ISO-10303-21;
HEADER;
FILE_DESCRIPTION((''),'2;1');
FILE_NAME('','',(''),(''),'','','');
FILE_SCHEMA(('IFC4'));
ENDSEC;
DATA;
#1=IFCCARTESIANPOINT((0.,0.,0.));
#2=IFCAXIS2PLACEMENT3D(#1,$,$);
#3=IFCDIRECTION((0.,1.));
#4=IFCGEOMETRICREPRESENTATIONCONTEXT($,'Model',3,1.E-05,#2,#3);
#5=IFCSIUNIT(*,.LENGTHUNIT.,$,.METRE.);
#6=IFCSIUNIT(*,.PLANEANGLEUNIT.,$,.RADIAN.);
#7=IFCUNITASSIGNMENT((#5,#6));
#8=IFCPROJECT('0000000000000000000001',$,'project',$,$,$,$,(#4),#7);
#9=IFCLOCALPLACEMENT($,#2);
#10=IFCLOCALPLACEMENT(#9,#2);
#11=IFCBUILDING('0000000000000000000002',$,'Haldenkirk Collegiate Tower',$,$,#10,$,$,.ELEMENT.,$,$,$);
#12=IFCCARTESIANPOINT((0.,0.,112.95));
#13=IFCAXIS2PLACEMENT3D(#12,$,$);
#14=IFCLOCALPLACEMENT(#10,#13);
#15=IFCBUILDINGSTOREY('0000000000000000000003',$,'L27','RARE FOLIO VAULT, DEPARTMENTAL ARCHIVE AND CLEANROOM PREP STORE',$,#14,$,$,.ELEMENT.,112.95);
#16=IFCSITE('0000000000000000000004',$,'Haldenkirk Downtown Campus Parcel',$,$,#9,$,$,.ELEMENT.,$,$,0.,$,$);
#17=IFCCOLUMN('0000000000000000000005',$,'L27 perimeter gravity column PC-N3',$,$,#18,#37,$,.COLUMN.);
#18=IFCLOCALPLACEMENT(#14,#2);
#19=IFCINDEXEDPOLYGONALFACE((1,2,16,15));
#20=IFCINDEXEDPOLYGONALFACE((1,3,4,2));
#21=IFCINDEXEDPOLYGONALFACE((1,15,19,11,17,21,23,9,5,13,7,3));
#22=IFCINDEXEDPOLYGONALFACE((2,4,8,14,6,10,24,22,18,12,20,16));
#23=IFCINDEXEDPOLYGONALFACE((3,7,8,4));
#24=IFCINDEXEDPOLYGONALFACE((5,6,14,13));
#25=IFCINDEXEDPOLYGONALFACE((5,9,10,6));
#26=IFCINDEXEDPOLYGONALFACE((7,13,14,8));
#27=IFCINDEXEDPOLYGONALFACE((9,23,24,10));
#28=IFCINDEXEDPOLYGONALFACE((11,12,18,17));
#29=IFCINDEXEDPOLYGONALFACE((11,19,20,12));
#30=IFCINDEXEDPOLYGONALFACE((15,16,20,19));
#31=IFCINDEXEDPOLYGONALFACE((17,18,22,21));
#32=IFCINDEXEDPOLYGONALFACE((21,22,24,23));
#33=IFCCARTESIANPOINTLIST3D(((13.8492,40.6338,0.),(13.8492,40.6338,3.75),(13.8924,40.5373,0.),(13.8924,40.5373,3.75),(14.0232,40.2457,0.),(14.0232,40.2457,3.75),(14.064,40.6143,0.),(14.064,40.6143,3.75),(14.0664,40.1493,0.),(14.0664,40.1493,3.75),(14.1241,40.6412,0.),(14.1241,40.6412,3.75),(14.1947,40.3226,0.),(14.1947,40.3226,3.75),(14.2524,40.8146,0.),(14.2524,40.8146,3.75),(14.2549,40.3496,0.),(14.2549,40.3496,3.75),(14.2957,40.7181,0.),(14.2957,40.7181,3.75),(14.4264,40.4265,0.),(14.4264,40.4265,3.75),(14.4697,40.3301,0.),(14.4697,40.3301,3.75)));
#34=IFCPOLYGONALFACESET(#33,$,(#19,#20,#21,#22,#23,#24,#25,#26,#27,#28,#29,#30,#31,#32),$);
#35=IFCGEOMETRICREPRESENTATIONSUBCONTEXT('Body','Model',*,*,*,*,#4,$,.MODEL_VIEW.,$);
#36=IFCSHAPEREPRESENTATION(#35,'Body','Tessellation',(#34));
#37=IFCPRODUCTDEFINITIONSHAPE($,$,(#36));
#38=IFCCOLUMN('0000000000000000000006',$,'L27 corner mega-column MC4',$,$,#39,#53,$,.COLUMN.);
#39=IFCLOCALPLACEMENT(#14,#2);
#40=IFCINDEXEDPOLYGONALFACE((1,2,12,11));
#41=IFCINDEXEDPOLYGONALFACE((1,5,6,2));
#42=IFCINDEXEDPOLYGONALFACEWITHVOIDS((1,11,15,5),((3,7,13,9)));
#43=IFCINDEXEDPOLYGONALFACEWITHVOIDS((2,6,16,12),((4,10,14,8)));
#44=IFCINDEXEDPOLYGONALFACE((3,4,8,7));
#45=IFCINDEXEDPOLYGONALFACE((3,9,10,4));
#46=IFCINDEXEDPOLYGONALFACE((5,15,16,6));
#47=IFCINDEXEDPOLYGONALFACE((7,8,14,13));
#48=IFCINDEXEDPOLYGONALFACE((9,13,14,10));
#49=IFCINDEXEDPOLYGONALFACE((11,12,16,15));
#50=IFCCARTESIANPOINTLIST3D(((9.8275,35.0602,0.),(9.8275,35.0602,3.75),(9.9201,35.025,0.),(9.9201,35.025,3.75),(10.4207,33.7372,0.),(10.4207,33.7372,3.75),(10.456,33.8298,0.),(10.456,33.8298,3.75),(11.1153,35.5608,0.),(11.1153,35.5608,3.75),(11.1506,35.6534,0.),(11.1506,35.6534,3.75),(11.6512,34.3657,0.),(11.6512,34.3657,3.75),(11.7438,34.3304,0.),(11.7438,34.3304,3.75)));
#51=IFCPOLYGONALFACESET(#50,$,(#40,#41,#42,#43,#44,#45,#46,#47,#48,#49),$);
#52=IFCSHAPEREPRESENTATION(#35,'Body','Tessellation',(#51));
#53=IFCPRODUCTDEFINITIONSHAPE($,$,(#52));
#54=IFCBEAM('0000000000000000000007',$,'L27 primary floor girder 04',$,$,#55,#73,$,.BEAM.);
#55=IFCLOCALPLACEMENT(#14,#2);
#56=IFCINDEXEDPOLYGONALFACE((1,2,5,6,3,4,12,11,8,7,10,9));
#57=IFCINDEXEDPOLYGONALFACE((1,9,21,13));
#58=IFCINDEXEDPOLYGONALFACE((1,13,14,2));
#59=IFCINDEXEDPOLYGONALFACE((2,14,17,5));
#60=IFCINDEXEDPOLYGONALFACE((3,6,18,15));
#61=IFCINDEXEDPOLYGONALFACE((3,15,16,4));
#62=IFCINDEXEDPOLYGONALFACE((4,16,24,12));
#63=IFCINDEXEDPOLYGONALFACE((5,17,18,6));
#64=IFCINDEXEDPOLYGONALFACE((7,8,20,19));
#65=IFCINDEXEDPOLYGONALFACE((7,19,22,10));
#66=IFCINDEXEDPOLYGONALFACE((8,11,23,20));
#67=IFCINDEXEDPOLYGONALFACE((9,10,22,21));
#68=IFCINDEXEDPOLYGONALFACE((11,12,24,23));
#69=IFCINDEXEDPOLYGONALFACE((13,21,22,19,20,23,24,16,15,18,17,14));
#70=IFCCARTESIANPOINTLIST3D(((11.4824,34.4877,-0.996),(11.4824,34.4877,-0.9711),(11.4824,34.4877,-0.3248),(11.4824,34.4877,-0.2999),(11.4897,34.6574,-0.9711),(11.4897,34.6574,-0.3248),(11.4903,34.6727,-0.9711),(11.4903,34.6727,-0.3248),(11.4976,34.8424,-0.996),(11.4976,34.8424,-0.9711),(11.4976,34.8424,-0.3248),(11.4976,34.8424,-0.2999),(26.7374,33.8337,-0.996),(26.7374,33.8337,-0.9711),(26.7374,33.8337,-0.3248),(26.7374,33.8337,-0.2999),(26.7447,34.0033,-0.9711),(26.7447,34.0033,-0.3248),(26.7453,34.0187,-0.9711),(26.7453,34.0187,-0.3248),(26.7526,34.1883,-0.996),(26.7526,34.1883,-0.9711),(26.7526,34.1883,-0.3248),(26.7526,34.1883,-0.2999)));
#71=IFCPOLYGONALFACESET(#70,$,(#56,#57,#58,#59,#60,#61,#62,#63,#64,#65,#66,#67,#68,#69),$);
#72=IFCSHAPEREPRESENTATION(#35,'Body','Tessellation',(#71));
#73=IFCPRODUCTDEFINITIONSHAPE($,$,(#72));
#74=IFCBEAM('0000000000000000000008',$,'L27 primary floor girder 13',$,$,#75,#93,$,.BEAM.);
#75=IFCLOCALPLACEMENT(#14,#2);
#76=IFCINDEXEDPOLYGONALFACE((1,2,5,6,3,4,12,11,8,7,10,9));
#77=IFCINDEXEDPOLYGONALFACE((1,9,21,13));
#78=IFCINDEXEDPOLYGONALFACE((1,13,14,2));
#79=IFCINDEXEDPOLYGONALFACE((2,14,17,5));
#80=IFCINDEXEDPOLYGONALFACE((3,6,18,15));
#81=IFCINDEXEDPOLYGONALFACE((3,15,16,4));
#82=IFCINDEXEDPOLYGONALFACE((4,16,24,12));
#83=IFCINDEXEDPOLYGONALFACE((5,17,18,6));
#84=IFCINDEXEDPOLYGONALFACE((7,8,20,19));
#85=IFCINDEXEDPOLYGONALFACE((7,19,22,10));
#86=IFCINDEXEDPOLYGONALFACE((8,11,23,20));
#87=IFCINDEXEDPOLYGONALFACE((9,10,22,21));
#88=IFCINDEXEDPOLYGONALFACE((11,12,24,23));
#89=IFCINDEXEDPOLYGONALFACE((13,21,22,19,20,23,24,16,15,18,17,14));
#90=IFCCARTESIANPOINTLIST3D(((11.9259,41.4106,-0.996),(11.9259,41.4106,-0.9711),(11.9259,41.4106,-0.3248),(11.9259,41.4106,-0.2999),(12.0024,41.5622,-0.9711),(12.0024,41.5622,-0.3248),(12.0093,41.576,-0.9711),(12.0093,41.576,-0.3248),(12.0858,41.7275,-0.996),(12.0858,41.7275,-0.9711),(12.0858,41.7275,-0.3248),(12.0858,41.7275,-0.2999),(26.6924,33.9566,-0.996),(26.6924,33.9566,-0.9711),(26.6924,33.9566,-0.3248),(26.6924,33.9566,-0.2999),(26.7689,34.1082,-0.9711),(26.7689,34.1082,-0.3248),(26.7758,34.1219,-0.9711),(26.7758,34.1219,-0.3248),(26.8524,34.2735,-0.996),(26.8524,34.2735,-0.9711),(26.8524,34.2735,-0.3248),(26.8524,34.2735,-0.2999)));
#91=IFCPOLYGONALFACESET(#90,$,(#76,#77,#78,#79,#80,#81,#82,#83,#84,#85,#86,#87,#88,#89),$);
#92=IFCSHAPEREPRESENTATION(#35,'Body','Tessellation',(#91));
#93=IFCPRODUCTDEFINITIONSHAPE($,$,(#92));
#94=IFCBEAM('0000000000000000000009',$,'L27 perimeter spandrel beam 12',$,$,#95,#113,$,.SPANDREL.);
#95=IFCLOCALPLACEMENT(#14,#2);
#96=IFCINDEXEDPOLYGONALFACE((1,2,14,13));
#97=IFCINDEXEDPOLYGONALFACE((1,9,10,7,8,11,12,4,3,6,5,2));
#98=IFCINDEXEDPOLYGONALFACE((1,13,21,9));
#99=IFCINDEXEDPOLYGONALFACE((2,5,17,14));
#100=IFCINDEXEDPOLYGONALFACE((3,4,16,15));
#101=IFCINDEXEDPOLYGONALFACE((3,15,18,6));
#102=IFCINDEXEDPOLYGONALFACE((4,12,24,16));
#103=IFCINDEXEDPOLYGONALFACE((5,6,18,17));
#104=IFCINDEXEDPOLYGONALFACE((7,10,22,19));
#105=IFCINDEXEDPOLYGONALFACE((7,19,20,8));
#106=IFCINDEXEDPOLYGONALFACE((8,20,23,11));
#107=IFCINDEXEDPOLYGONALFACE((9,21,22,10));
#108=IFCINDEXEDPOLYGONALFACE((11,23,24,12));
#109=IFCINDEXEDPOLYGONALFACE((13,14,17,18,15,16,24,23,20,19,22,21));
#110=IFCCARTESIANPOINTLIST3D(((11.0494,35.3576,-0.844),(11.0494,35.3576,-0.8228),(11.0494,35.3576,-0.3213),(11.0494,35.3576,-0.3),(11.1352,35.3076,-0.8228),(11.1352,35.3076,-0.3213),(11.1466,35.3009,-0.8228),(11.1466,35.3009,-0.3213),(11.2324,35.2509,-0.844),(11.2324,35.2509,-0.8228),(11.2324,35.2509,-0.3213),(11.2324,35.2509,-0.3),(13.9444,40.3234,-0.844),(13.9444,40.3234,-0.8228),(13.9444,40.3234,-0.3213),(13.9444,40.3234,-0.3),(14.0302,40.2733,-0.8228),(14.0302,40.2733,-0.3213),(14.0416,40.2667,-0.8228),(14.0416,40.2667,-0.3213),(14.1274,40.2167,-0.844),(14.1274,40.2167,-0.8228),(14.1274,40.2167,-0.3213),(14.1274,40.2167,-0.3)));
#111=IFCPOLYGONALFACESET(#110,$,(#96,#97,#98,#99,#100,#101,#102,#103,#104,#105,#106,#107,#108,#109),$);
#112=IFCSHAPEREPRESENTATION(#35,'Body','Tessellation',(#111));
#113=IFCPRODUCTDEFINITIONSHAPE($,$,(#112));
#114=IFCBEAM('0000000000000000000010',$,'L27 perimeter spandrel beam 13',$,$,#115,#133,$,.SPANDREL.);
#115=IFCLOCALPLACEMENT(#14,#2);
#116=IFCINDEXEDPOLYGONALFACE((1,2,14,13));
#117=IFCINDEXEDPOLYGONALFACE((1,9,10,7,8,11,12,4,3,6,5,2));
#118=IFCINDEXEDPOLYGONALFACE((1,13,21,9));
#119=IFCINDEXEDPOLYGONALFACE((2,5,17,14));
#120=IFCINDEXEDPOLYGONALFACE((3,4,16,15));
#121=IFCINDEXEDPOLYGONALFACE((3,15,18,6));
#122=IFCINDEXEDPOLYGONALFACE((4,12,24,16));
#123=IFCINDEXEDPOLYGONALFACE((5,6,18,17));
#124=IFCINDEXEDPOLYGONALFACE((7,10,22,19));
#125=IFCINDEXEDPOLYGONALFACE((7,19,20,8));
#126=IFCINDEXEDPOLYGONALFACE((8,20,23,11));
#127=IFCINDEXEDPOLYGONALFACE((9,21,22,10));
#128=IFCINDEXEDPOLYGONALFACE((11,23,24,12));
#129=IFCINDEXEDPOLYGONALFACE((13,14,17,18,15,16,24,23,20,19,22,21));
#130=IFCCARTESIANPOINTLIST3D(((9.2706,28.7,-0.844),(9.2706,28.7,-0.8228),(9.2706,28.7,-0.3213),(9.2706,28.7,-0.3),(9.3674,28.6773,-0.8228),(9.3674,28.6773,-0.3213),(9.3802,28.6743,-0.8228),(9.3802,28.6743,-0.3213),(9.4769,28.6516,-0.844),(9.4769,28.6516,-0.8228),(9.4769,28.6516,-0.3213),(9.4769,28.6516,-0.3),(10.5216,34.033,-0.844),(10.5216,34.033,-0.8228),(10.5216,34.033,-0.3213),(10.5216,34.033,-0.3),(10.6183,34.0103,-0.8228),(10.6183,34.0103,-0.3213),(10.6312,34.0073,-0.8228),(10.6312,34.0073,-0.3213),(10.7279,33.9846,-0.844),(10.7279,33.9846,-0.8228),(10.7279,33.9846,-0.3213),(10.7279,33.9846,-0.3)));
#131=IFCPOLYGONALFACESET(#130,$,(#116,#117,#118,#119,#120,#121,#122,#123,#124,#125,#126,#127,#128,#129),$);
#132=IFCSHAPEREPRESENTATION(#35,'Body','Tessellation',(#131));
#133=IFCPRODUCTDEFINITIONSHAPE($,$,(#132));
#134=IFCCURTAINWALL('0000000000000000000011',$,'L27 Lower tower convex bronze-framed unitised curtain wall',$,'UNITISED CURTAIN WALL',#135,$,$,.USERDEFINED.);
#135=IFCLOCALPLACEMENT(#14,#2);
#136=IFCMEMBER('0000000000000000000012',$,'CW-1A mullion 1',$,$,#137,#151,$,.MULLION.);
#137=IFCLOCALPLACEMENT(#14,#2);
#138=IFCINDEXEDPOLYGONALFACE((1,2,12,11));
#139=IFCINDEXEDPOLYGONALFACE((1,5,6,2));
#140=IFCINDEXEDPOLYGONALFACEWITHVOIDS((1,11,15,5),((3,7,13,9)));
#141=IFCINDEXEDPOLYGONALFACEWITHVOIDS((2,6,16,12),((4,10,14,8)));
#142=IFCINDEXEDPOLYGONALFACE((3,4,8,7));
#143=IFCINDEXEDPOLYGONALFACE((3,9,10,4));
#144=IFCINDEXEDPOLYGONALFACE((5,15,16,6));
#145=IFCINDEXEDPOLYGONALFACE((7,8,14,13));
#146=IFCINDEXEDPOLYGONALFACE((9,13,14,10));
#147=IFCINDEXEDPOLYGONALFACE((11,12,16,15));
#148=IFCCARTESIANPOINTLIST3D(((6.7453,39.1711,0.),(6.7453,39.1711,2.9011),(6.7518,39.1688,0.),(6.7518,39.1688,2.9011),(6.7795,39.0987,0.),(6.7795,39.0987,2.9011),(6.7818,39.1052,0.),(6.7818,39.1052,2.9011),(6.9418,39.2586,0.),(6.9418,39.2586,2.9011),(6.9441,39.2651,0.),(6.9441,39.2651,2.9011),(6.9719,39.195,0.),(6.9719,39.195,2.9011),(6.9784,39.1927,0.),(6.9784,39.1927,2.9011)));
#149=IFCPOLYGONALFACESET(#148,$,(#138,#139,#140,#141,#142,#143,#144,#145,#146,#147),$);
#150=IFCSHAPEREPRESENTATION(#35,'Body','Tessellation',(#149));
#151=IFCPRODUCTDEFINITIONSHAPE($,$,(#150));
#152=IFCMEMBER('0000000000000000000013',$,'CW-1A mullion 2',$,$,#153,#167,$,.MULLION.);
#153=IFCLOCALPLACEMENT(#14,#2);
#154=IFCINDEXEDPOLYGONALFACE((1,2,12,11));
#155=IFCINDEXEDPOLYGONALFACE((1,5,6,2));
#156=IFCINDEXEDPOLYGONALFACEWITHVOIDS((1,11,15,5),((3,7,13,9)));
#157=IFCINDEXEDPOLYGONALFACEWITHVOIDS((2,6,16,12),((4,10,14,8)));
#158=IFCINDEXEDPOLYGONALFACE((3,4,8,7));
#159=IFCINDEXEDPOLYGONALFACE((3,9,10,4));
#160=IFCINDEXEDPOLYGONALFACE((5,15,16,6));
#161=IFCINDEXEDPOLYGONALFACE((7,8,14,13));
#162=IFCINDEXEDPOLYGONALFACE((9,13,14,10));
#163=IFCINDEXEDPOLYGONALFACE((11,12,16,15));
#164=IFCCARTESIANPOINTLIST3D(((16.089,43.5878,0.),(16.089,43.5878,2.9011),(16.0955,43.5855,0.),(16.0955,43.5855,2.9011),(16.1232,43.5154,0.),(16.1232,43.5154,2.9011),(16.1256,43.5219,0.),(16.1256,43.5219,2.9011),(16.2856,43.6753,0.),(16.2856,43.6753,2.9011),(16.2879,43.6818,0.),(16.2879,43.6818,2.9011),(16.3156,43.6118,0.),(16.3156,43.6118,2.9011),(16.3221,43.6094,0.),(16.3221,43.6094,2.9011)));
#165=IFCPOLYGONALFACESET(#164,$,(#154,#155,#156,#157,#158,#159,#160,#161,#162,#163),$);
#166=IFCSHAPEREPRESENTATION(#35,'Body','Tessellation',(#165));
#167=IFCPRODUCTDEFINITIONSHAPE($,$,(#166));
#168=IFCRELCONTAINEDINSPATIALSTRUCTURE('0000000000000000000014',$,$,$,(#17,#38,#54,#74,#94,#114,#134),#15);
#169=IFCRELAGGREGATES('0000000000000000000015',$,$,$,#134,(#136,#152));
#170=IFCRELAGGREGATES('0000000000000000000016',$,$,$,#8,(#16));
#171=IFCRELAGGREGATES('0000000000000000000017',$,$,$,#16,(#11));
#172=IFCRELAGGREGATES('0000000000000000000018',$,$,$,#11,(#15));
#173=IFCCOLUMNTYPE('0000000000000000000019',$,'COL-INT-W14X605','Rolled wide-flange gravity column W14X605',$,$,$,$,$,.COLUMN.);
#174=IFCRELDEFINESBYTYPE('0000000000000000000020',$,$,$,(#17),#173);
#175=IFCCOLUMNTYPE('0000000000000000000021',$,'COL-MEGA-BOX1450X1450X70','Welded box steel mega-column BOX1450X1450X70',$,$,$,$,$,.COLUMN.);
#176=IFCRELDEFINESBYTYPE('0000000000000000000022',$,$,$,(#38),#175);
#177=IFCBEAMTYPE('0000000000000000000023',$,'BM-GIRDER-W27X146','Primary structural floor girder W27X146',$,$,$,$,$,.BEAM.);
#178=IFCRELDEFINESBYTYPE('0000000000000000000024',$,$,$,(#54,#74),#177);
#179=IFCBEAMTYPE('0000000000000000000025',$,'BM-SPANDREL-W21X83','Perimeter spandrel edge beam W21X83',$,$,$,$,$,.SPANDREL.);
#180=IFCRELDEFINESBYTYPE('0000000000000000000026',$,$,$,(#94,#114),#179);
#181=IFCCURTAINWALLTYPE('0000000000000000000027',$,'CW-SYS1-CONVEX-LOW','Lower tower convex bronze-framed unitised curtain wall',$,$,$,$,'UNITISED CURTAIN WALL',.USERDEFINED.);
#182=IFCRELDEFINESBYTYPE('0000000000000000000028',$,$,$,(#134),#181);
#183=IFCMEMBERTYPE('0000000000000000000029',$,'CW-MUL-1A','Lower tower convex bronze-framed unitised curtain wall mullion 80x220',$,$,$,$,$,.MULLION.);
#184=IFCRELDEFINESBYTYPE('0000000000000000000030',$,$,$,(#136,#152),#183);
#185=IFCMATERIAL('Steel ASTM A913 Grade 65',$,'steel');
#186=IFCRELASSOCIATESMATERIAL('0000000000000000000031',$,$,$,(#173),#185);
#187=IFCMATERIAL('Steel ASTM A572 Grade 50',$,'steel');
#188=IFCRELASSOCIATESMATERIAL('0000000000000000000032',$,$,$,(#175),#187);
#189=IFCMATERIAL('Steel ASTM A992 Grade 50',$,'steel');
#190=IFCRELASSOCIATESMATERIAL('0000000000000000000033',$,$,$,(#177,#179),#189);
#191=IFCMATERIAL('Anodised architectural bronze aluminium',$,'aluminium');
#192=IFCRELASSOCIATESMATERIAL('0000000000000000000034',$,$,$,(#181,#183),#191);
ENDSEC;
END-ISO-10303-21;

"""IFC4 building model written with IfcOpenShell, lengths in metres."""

from ifc_helpers import new_model, si_unit, direction, frame, origin, origin_2d, place, context, subcontext, project, spatial, hollow_rectangle, i_section, extrude, material, material_profile, profile_set, type_object, element, aggregate, save


model = new_model("IFC4")

# Units and contexts
model_context = context("Model", 3, precision=1e-05, world=origin(), true_north=direction((0.0, 1.0)))
body_context = subcontext(model_context, "Body", "Model", "MODEL_VIEW")
ifc_project = project(units=[si_unit("LENGTHUNIT", "METRE"), si_unit("PLANEANGLEUNIT", "RADIAN")], contexts=[model_context])

# Site, building, storey
site_placement = place(None, origin())
site = spatial("IfcSite", under=ifc_project, at=site_placement, Name="Haldenkirk Downtown Campus Parcel", CompositionType="ELEMENT", RefElevation=0.0)
building_placement = place(site_placement, origin())
building = spatial("IfcBuilding", under=site, at=building_placement, Name="Haldenkirk Collegiate Tower", CompositionType="ELEMENT")
storey_placement = place(building_placement, frame((0.0, 0.0, 112.95)))
storey = spatial("IfcBuildingStorey", under=building, at=storey_placement, Name="L27", Description="RARE FOLIO VAULT, DEPARTMENTAL ARCHIVE AND CLEANROOM PREP STORE", CompositionType="ELEMENT", Elevation=112.95)

# Columns
ifc_material_1 = material(Name="Steel ASTM A913 Grade 65", Category="steel")
ifc_material_profile_1 = material_profile(ifc_material_1, i_section(OverallWidth=0.4419, OverallDepth=0.531, WebThickness=0.0659, FlangeThickness=0.1057, at=origin_2d()), Name="W14X605")
ifc_profile_set_1 = profile_set([ifc_material_profile_1], Name="Steel ASTM A913 Grade 65")
column_type_1 = type_object("IfcColumnType", Name="COL-INT-W14X605", Description="Rolled wide-flange gravity column W14X605", PredefinedType="COLUMN", material=ifc_profile_set_1)
column_1_placement = place(storey_placement, frame((14.1594, 40.4819, 0.0), z_axis=(0.0, 0.0, 1.0), x_axis=(0.912477, 0.409127, 0.0)))
element("IfcColumn", 1, at=column_1_placement, inside=storey, type_object=column_type_1, Name="L27 perimeter gravity column PC-N3", PredefinedType="COLUMN", context=body_context, shape_type="SweptSolid", body=[
    extrude(i_section(OverallWidth=0.4419, OverallDepth=0.531, WebThickness=0.0659, FlangeThickness=0.1057, at=origin_2d()), origin(), (0.0, 0.0, 1.0), 3.75),
])
ifc_material_2 = material(Name="Steel ASTM A572 Grade 50", Category="steel")
ifc_material_profile_2 = material_profile(ifc_material_2, hollow_rectangle(XDim=1.45, YDim=1.45, WallThickness=0.0701, at=origin_2d()), Name="BOX1450X1450X70")
ifc_profile_set_2 = profile_set([ifc_material_profile_2], Name="Steel ASTM A572 Grade 50")
column_type_2 = type_object("IfcColumnType", Name="COL-MEGA-BOX1450X1450X70", Description="Welded box steel mega-column BOX1450X1450X70", PredefinedType="COLUMN", material=ifc_profile_set_2)
column_2_placement = place(storey_placement, frame((10.7856, 34.6953, 0.0), z_axis=(0.0, 0.0, 1.0), x_axis=(0.912477, 0.409127, 0.0)))
element("IfcColumn", 2, at=column_2_placement, inside=storey, type_object=column_type_2, Name="L27 corner mega-column MC4", PredefinedType="COLUMN", context=body_context, shape_type="SweptSolid", body=[
    extrude(hollow_rectangle(XDim=1.45, YDim=1.45, WallThickness=0.0701, at=origin_2d()), origin(), (0.0, 0.0, 1.0), 3.75),
])

# Beams
ifc_material_3 = material(Name="Steel ASTM A992 Grade 50", Category="steel")
ifc_material_profile_3 = material_profile(ifc_material_3, i_section(OverallWidth=0.355, OverallDepth=0.696, WebThickness=0.0154, FlangeThickness=0.0249, at=origin_2d()), Name="W27X146")
ifc_profile_set_3 = profile_set([ifc_material_profile_3], Name="Steel ASTM A992 Grade 50")
beam_type_1 = type_object("IfcBeamType", Name="BM-GIRDER-W27X146", Description="Primary structural floor girder W27X146", PredefinedType="BEAM", material=ifc_profile_set_3)
beam_1_placement = place(storey_placement, frame((11.49, 34.665, -0.6479), z_axis=(0.999082, -0.042835, 0.0), x_axis=(0.042835, 0.999082, 0.0)))
element("IfcBeam", 3, at=beam_1_placement, inside=storey, type_object=beam_type_1, Name="L27 primary floor girder 04", PredefinedType="BEAM", context=body_context, shape_type="SweptSolid", body=[
    extrude(i_section(OverallWidth=0.355, OverallDepth=0.696, WebThickness=0.0154, FlangeThickness=0.0249, at=origin_2d()), origin(), (0.0, 0.0, 1.0), 15.269),
])
beam_2_placement = place(storey_placement, frame((12.0059, 41.5691, -0.6479), z_axis=(0.892709, -0.450635, 0.0), x_axis=(0.450635, 0.892709, 0.0)))
element("IfcBeam", 4, at=beam_2_placement, inside=storey, type_object=beam_type_1, Name="L27 primary floor girder 13", PredefinedType="BEAM", context=body_context, shape_type="SweptSolid", body=[
    extrude(i_section(OverallWidth=0.355, OverallDepth=0.696, WebThickness=0.0154, FlangeThickness=0.0249, at=origin_2d()), origin(), (0.0, 0.0, 1.0), 16.5413),
])
ifc_material_profile_4 = material_profile(ifc_material_3, i_section(OverallWidth=0.2119, OverallDepth=0.5439, WebThickness=0.0132, FlangeThickness=0.0212, at=origin_2d()), Name="W21X83")
ifc_profile_set_4 = profile_set([ifc_material_profile_4], Name="Steel ASTM A992 Grade 50")
beam_type_2 = type_object("IfcBeamType", Name="BM-SPANDREL-W21X83", Description="Perimeter spandrel edge beam W21X83", PredefinedType="SPANDREL", material=ifc_profile_set_4)
beam_3_placement = place(storey_placement, frame((14.0359, 40.27, -0.572), z_axis=(-0.503649, -0.863908, 0.0), x_axis=(0.863908, -0.503649, 0.0)))
element("IfcBeam", 5, at=beam_3_placement, inside=storey, type_object=beam_type_2, Name="L27 perimeter spandrel beam 12", PredefinedType="SPANDREL", context=body_context, shape_type="SweptSolid", body=[
    extrude(i_section(OverallWidth=0.2119, OverallDepth=0.5439, WebThickness=0.0132, FlangeThickness=0.0212, at=origin_2d()), origin(), (0.0, 0.0, 1.0), 5.748),
])
beam_4_placement = place(storey_placement, frame((10.6248, 34.0088, -0.572), z_axis=(-0.228374, -0.973574, 0.0), x_axis=(0.973574, -0.228374, 0.0)))
element("IfcBeam", 6, at=beam_4_placement, inside=storey, type_object=beam_type_2, Name="L27 perimeter spandrel beam 13", PredefinedType="SPANDREL", context=body_context, shape_type="SweptSolid", body=[
    extrude(i_section(OverallWidth=0.2119, OverallDepth=0.5439, WebThickness=0.0132, FlangeThickness=0.0212, at=origin_2d()), origin(), (0.0, 0.0, 1.0), 5.4778),
])

# Curtain wall, members
ifc_material_4 = material(Name="Anodised architectural bronze aluminium", Category="aluminium")
curtain_wall_type = type_object("IfcCurtainWallType", Name="CW-SYS1-CONVEX-LOW", Description="Lower tower convex bronze-framed unitised curtain wall", ElementType="UNITISED CURTAIN WALL", PredefinedType="USERDEFINED", material=ifc_material_4)
curtain_wall_placement = place(storey_placement, origin())
curtain_wall = element("IfcCurtainWall", 7, at=curtain_wall_placement, inside=storey, type_object=curtain_wall_type, Name="L27 Lower tower convex bronze-framed unitised curtain wall", ObjectType="UNITISED CURTAIN WALL", PredefinedType="USERDEFINED")
ifc_material_profile_5 = material_profile(ifc_material_4, hollow_rectangle(XDim=0.0801, YDim=0.22, WallThickness=0.0049, at=origin_2d()), Name="CW-MUL-1A")
ifc_profile_set_5 = profile_set([ifc_material_profile_5], Name="Anodised architectural bronze aluminium")
member_type_1 = type_object("IfcMemberType", Name="CW-MUL-1A", Description="Lower tower convex bronze-framed unitised curtain wall mullion 80x220", PredefinedType="MULLION", material=ifc_profile_set_5)
member_1_placement = place(storey_placement, frame((6.8618, 39.1819, 0.0), z_axis=(0.0, 0.0, 1.0), x_axis=(-0.427359, 0.904082, 0.0)))
member_1 = element("IfcMember", 8, at=member_1_placement, type_object=member_type_1, Name="CW-1A mullion 1", PredefinedType="MULLION", context=body_context, shape_type="SweptSolid", body=[
    extrude(hollow_rectangle(XDim=0.0801, YDim=0.22, WallThickness=0.0049, at=origin_2d()), origin(), (0.0, 0.0, 1.0), 2.9011),
])
member_2_placement = place(storey_placement, frame((16.2056, 43.5986, 0.0), z_axis=(0.0, 0.0, 1.0), x_axis=(-0.427359, 0.904082, 0.0)))
member_2 = element("IfcMember", 9, at=member_2_placement, type_object=member_type_1, Name="CW-1A mullion 2", PredefinedType="MULLION", context=body_context, shape_type="SweptSolid", body=[
    extrude(hollow_rectangle(XDim=0.0801, YDim=0.22, WallThickness=0.0049, at=origin_2d()), origin(), (0.0, 0.0, 1.0), 2.9011),
])
aggregate(curtain_wall, [member_1, member_2])

save(model, "model.ifc")
